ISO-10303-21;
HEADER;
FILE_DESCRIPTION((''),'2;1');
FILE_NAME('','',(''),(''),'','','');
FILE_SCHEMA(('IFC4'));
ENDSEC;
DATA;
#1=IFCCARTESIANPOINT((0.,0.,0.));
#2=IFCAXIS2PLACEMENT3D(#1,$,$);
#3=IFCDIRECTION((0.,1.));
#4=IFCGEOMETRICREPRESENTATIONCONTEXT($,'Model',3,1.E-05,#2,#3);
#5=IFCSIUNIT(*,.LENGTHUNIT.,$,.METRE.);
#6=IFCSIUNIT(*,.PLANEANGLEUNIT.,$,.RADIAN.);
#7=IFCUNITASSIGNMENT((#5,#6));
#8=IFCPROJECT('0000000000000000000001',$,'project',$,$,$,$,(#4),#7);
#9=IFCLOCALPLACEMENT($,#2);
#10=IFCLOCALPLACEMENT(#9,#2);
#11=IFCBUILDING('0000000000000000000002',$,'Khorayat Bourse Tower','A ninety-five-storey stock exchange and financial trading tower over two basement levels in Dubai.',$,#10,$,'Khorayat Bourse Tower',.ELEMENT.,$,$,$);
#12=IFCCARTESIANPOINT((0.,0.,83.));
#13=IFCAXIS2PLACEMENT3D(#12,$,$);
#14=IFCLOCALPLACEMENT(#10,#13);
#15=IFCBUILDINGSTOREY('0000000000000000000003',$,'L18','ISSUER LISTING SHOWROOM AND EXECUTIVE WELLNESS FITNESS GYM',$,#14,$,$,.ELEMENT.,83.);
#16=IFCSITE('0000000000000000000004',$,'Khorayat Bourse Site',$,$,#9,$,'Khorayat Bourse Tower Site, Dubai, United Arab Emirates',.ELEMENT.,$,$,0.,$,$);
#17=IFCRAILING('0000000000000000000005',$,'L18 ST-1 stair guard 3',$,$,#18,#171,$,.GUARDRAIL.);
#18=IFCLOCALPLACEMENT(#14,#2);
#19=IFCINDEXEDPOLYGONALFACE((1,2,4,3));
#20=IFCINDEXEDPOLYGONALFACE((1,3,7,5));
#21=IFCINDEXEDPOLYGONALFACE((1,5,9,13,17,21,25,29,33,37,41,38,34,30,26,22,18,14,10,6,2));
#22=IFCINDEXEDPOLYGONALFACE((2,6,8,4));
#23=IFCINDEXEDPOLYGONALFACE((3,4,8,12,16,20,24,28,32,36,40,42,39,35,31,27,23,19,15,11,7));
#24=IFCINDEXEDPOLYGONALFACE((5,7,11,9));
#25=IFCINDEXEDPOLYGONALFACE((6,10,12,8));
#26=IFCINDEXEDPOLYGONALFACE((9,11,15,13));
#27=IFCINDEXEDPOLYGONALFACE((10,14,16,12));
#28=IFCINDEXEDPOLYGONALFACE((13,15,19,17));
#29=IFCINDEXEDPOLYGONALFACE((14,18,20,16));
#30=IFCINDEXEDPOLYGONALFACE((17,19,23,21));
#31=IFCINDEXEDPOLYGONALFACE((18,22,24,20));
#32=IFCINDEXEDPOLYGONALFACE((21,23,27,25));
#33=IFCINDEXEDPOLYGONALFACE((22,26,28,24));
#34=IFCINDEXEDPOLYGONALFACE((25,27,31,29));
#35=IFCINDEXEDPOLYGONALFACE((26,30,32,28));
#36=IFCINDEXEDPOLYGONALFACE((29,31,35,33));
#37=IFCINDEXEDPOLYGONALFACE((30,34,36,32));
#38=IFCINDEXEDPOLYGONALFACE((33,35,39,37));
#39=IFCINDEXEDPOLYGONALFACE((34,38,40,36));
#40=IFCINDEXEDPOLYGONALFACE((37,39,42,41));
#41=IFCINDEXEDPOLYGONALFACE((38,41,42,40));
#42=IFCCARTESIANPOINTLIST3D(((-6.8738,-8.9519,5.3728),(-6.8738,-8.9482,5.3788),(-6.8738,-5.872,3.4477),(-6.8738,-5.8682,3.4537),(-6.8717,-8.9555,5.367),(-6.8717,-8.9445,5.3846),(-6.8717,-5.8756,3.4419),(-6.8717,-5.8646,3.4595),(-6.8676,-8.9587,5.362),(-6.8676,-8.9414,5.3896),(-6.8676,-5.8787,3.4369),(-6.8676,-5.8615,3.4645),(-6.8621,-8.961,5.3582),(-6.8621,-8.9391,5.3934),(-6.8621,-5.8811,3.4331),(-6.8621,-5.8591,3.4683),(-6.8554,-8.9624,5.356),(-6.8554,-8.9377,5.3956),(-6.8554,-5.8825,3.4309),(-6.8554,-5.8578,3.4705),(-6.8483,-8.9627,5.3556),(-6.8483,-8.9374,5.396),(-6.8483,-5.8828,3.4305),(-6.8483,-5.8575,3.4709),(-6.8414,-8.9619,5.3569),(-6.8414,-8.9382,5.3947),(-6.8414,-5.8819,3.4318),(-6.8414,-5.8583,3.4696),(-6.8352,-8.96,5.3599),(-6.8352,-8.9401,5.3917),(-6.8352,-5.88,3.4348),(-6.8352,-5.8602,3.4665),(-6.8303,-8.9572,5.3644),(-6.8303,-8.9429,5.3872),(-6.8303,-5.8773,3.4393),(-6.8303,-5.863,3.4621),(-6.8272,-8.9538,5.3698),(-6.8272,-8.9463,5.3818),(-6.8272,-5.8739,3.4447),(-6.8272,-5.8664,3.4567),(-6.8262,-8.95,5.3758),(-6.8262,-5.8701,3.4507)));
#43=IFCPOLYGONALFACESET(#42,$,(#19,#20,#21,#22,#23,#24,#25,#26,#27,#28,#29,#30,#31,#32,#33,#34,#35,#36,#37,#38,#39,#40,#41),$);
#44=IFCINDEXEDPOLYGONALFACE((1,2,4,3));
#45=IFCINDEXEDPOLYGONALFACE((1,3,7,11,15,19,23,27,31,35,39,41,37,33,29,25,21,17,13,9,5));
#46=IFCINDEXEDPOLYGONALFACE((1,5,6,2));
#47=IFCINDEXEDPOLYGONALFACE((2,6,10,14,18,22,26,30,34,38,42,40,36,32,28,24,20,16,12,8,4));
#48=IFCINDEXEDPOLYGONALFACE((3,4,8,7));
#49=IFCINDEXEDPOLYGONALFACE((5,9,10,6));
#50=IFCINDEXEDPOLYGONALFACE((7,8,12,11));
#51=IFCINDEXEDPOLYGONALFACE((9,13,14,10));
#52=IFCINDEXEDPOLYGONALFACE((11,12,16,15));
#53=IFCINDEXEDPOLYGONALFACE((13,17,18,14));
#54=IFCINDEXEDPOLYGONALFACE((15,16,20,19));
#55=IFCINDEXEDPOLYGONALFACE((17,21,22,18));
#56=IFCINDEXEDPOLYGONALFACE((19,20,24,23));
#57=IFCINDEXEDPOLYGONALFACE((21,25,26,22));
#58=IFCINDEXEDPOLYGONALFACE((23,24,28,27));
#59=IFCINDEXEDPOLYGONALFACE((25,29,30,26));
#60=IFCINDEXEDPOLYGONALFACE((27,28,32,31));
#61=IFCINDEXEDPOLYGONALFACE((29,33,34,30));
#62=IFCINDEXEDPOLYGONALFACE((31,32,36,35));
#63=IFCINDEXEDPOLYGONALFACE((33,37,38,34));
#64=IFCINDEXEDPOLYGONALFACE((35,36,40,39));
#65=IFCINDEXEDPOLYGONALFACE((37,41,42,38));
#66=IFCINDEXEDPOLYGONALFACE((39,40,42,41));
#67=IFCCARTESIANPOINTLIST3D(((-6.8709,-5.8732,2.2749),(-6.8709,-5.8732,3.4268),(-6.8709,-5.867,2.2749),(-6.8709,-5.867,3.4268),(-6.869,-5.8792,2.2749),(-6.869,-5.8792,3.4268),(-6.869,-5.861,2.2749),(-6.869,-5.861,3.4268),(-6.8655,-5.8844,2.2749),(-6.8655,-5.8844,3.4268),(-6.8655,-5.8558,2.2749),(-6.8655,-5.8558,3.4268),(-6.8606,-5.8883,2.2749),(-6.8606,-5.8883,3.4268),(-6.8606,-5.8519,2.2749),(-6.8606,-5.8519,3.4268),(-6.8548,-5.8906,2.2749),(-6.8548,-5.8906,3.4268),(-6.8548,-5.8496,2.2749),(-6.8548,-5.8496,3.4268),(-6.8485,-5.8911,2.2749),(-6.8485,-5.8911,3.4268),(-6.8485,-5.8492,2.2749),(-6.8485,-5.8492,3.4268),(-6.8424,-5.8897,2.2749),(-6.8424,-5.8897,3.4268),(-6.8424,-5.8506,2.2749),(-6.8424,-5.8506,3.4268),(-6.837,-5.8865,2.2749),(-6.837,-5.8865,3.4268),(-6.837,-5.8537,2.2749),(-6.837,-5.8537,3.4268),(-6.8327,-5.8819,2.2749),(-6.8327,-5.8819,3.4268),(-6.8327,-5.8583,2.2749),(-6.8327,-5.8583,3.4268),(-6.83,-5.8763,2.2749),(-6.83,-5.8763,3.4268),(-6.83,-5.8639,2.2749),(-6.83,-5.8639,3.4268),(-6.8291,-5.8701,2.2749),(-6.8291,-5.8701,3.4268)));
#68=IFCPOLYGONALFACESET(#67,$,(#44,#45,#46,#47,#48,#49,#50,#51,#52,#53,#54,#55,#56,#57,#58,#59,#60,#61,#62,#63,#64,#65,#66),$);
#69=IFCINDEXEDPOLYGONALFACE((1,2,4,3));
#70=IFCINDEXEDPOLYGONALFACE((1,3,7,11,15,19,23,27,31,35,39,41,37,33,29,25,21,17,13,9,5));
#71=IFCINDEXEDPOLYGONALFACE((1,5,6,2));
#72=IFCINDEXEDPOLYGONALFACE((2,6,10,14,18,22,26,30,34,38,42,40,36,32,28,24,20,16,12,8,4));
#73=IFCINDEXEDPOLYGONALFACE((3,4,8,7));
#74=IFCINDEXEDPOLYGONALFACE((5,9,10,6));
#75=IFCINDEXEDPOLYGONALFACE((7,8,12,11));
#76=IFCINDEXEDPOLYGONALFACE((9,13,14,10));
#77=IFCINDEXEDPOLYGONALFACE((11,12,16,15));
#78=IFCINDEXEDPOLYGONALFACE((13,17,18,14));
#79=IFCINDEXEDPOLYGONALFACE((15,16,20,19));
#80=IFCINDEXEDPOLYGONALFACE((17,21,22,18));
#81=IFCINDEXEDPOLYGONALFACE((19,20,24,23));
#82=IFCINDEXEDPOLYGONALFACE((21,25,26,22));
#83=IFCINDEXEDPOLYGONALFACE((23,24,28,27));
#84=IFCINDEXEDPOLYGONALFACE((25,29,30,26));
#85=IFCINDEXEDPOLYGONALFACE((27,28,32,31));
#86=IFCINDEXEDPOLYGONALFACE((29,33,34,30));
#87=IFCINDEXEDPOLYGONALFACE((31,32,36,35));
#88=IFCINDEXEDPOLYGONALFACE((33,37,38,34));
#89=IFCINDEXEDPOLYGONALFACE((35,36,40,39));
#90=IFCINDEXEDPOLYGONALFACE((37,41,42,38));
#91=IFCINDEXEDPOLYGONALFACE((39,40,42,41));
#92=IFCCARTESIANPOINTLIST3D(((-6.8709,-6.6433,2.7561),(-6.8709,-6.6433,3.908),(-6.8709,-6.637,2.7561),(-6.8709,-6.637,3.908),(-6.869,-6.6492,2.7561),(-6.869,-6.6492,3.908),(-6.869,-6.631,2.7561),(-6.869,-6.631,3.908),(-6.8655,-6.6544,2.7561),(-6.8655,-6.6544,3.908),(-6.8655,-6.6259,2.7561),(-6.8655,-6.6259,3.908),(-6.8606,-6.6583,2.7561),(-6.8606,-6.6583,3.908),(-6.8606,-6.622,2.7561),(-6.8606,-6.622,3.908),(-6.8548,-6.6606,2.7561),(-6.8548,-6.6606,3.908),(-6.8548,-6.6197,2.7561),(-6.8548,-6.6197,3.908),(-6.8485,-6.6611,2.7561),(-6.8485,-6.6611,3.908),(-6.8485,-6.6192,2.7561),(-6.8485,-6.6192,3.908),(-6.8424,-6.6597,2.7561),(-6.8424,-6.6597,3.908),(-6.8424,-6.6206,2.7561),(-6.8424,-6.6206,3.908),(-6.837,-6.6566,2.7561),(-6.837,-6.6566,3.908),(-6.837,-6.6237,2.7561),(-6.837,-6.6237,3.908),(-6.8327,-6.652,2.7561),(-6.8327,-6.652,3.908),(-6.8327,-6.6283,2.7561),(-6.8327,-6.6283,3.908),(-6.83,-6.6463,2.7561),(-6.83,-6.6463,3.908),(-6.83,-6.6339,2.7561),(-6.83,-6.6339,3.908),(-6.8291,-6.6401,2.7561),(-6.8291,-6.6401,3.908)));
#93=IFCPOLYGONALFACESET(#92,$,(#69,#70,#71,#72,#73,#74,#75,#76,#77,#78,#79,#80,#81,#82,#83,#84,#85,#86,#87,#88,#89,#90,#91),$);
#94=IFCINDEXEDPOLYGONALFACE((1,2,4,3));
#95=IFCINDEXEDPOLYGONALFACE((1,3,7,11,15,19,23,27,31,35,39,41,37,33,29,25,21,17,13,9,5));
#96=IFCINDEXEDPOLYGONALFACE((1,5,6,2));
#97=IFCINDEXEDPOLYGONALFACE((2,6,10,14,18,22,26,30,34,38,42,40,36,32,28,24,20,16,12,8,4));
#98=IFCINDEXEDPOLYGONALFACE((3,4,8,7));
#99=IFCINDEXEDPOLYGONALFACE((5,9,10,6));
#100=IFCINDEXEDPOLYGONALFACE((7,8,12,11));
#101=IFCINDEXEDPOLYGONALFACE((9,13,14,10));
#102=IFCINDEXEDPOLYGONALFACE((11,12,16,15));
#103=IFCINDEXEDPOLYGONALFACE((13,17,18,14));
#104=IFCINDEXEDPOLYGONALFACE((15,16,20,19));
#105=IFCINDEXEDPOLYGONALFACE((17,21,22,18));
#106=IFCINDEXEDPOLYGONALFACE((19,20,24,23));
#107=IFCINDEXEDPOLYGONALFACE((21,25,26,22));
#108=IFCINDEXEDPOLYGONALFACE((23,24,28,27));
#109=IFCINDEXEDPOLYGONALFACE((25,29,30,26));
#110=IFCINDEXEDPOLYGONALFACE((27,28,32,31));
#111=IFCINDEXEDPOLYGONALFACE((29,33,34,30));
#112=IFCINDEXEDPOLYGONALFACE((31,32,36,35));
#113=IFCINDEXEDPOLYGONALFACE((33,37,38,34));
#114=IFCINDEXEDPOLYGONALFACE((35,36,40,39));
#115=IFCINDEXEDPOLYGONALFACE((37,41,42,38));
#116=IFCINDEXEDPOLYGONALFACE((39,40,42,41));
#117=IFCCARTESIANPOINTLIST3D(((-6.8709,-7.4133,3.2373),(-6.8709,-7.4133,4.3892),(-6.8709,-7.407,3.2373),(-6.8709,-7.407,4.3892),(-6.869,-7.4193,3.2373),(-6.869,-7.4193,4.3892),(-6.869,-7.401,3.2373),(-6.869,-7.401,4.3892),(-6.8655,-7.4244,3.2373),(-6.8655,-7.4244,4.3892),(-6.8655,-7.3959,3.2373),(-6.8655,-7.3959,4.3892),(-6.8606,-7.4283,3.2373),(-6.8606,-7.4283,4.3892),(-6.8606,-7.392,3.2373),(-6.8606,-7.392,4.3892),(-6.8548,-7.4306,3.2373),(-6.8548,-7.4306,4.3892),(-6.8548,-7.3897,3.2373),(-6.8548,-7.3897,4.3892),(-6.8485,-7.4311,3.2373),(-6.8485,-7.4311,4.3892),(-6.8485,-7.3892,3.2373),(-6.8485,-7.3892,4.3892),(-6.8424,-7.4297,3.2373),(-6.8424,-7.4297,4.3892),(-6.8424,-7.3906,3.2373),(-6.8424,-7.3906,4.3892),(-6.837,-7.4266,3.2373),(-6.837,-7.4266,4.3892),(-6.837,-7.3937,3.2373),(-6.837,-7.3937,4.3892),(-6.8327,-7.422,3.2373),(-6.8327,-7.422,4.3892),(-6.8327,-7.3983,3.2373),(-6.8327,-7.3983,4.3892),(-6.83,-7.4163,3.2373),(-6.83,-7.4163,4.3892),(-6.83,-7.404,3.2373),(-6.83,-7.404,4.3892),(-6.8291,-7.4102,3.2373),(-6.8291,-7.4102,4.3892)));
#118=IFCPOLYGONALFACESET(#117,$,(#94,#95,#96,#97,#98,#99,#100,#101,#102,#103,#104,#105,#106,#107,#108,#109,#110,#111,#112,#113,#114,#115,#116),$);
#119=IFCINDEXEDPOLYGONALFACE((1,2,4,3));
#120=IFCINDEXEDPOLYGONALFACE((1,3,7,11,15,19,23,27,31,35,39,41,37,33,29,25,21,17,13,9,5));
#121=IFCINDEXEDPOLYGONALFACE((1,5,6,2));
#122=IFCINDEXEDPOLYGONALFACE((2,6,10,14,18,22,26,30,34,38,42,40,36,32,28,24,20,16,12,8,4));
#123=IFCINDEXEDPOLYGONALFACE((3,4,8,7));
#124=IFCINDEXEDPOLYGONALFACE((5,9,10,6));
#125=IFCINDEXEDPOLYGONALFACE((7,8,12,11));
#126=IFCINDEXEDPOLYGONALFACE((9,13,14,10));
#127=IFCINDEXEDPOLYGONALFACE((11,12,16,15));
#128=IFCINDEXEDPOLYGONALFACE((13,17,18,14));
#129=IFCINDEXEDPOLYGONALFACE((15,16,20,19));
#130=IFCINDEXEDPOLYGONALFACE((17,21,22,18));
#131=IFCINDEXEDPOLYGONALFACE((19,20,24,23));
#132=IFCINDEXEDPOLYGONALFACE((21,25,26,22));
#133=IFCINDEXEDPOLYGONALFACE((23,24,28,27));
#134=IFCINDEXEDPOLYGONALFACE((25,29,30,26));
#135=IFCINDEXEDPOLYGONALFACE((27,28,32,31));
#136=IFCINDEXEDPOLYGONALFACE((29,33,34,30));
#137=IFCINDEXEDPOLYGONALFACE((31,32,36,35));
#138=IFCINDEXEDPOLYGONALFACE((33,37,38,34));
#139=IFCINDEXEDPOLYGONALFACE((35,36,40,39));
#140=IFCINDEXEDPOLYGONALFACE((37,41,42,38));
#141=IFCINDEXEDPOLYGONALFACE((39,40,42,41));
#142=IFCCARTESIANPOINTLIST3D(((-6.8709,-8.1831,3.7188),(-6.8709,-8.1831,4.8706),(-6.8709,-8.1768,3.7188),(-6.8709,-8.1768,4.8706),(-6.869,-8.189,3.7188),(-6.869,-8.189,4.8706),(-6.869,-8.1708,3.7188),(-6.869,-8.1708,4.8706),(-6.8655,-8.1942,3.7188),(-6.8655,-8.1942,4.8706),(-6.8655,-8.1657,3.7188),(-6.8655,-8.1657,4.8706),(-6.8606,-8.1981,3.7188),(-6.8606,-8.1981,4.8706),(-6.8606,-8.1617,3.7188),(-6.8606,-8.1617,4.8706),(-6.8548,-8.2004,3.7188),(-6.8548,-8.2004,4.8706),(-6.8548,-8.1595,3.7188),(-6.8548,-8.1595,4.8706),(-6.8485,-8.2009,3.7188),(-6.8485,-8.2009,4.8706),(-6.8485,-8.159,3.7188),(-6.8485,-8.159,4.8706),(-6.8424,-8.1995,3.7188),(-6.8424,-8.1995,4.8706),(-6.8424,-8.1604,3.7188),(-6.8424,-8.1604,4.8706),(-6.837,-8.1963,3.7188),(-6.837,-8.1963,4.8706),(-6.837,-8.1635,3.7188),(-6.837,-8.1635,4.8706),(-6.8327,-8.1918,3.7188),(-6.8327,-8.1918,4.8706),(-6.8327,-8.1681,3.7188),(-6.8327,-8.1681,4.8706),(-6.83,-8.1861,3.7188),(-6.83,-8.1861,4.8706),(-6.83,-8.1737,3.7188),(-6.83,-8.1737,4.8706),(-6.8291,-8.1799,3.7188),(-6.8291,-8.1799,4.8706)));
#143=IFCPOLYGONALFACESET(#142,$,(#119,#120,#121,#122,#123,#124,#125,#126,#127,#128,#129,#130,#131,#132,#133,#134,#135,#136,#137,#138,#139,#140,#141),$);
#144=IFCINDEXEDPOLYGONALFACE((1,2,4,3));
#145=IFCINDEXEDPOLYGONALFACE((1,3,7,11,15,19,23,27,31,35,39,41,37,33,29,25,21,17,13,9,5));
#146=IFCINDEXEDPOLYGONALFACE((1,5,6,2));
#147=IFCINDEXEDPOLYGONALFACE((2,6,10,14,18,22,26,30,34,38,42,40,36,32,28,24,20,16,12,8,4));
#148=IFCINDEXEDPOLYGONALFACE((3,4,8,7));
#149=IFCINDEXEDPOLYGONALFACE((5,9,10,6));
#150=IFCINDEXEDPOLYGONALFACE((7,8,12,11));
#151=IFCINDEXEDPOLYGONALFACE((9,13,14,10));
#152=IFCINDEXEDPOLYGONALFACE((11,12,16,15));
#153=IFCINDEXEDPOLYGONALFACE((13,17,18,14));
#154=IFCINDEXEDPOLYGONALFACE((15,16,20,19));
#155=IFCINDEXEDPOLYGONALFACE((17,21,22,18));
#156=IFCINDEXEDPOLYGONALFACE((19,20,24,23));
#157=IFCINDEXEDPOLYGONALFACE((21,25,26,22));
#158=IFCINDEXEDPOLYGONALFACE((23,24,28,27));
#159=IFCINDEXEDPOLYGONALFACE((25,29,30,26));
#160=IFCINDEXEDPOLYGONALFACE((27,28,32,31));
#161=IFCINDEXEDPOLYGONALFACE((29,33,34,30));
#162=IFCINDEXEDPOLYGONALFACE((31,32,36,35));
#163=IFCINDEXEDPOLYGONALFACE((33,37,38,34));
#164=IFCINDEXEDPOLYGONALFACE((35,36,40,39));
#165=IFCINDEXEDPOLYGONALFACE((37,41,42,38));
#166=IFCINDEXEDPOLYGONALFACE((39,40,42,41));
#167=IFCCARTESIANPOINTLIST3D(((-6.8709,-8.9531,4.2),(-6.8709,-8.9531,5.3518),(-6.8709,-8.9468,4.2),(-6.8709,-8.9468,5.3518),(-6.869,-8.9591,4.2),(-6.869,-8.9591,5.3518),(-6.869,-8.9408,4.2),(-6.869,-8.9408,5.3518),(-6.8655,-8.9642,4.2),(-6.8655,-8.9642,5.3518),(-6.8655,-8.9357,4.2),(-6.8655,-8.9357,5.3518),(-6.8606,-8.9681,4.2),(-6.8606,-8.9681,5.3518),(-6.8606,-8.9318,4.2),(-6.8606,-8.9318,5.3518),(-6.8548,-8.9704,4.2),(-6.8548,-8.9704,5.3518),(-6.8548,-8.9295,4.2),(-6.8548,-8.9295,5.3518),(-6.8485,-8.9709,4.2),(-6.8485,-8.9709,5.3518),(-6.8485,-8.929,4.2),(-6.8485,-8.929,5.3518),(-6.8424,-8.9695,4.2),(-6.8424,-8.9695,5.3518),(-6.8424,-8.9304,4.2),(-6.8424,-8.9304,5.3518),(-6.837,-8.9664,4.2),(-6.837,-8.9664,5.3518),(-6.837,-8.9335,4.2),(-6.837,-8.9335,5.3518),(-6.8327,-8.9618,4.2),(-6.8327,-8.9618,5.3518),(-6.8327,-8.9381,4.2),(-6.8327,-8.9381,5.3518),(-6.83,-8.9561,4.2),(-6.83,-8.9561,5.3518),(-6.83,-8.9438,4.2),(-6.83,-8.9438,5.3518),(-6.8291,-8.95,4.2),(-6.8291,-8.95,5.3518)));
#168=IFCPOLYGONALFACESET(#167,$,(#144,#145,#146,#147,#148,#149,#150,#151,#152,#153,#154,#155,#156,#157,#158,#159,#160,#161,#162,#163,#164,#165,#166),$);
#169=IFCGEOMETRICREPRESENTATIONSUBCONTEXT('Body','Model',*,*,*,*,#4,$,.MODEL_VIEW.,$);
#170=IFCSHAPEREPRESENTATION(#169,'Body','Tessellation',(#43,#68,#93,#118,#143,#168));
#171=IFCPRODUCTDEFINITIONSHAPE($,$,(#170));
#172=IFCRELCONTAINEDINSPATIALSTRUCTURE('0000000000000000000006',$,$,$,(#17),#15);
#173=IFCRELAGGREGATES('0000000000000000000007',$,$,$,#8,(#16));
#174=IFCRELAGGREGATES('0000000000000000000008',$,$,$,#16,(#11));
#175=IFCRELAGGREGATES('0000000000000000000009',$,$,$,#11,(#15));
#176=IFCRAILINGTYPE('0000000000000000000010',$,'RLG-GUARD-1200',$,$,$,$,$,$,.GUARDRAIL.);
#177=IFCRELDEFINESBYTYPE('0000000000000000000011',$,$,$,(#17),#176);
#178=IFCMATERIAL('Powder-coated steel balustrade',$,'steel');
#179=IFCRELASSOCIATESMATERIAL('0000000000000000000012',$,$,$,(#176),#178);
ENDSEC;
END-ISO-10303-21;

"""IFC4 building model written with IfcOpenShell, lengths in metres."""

from ifc_helpers import new_model, si_unit, direction, frame, origin, origin_2d, place, context, subcontext, project, spatial, circle, extrude, source, transform, mapped, material, type_object, element, save


model = new_model("IFC4")

# Units and contexts
model_context = context("Model", 3, precision=1e-05, world=origin(), true_north=direction((0.0, 1.0)))
body_context = subcontext(model_context, "Body", "Model", "MODEL_VIEW")
ifc_project = project(units=[si_unit("LENGTHUNIT", "METRE"), si_unit("PLANEANGLEUNIT", "RADIAN")], contexts=[model_context])

# Site, building, storey
site_placement = place(None, origin())
site = spatial("IfcSite", under=ifc_project, at=site_placement, Name="Khorayat Bourse Site", LongName="Khorayat Bourse Tower Site, Dubai, United Arab Emirates", CompositionType="ELEMENT", RefElevation=0.0)
building_placement = place(site_placement, origin())
building = spatial("IfcBuilding", under=site, at=building_placement, Name="Khorayat Bourse Tower", Description="A ninety-five-storey stock exchange and financial trading tower over two basement levels in Dubai.", LongName="Khorayat Bourse Tower", CompositionType="ELEMENT")
storey_placement = place(building_placement, frame((0.0, 0.0, 83.0)))
storey = spatial("IfcBuildingStorey", under=building, at=storey_placement, Name="L18", Description="ISSUER LISTING SHOWROOM AND EXECUTIVE WELLNESS FITNESS GYM", CompositionType="ELEMENT", Elevation=83.0)

# Railing
ifc_material_1 = material(Name="Powder-coated steel balustrade", Category="steel")
railing_type_1 = type_object("IfcRailingType", Name="RLG-GUARD-1200", PredefinedType="GUARDRAIL", material=ifc_material_1)
shared_shape_1 = source(origin(), body_context, "Body", "SweptSolid", [
    extrude(circle(Radius=0.0239, at=origin_2d()), frame((0.0, 0.0, 1.1758), z_axis=(0.0, -0.847979, 0.530029), x_axis=(1.0, 0.0, 0.0)), (0.0, 0.0, 1.0), 3.6321),
    extrude(circle(Radius=0.021, at=origin_2d()), origin(), (0.0, 0.0, 1.0), 1.1519),
    extrude(circle(Radius=0.021, at=origin_2d()), frame((0.0, -0.77, 0.4812)), (0.0, 0.0, 1.0), 1.1519),
    extrude(circle(Radius=0.021, at=origin_2d()), frame((0.0, -1.54, 0.9624)), (0.0, 0.0, 1.0), 1.1519),
    extrude(circle(Radius=0.021, at=origin_2d()), frame((0.0, -2.3098, 1.4438)), (0.0, 0.0, 1.0), 1.1519),
    extrude(circle(Radius=0.021, at=origin_2d()), frame((0.0, -3.0798, 1.925)), (0.0, 0.0, 1.0), 1.1519),
])
railing_1_placement = place(storey_placement, frame((-6.8501, -5.8701, 2.2749)))
element("IfcRailing", 1, at=railing_1_placement, inside=storey, type_object=railing_type_1, Name="L18 ST-1 stair guard 3", PredefinedType="GUARDRAIL", context=body_context, shape_type="MappedRepresentation", body=[
    mapped(shared_shape_1, transform((0.0, 0.0, 0.0), scale=1.0)),
])

save(model, "model.ifc")
